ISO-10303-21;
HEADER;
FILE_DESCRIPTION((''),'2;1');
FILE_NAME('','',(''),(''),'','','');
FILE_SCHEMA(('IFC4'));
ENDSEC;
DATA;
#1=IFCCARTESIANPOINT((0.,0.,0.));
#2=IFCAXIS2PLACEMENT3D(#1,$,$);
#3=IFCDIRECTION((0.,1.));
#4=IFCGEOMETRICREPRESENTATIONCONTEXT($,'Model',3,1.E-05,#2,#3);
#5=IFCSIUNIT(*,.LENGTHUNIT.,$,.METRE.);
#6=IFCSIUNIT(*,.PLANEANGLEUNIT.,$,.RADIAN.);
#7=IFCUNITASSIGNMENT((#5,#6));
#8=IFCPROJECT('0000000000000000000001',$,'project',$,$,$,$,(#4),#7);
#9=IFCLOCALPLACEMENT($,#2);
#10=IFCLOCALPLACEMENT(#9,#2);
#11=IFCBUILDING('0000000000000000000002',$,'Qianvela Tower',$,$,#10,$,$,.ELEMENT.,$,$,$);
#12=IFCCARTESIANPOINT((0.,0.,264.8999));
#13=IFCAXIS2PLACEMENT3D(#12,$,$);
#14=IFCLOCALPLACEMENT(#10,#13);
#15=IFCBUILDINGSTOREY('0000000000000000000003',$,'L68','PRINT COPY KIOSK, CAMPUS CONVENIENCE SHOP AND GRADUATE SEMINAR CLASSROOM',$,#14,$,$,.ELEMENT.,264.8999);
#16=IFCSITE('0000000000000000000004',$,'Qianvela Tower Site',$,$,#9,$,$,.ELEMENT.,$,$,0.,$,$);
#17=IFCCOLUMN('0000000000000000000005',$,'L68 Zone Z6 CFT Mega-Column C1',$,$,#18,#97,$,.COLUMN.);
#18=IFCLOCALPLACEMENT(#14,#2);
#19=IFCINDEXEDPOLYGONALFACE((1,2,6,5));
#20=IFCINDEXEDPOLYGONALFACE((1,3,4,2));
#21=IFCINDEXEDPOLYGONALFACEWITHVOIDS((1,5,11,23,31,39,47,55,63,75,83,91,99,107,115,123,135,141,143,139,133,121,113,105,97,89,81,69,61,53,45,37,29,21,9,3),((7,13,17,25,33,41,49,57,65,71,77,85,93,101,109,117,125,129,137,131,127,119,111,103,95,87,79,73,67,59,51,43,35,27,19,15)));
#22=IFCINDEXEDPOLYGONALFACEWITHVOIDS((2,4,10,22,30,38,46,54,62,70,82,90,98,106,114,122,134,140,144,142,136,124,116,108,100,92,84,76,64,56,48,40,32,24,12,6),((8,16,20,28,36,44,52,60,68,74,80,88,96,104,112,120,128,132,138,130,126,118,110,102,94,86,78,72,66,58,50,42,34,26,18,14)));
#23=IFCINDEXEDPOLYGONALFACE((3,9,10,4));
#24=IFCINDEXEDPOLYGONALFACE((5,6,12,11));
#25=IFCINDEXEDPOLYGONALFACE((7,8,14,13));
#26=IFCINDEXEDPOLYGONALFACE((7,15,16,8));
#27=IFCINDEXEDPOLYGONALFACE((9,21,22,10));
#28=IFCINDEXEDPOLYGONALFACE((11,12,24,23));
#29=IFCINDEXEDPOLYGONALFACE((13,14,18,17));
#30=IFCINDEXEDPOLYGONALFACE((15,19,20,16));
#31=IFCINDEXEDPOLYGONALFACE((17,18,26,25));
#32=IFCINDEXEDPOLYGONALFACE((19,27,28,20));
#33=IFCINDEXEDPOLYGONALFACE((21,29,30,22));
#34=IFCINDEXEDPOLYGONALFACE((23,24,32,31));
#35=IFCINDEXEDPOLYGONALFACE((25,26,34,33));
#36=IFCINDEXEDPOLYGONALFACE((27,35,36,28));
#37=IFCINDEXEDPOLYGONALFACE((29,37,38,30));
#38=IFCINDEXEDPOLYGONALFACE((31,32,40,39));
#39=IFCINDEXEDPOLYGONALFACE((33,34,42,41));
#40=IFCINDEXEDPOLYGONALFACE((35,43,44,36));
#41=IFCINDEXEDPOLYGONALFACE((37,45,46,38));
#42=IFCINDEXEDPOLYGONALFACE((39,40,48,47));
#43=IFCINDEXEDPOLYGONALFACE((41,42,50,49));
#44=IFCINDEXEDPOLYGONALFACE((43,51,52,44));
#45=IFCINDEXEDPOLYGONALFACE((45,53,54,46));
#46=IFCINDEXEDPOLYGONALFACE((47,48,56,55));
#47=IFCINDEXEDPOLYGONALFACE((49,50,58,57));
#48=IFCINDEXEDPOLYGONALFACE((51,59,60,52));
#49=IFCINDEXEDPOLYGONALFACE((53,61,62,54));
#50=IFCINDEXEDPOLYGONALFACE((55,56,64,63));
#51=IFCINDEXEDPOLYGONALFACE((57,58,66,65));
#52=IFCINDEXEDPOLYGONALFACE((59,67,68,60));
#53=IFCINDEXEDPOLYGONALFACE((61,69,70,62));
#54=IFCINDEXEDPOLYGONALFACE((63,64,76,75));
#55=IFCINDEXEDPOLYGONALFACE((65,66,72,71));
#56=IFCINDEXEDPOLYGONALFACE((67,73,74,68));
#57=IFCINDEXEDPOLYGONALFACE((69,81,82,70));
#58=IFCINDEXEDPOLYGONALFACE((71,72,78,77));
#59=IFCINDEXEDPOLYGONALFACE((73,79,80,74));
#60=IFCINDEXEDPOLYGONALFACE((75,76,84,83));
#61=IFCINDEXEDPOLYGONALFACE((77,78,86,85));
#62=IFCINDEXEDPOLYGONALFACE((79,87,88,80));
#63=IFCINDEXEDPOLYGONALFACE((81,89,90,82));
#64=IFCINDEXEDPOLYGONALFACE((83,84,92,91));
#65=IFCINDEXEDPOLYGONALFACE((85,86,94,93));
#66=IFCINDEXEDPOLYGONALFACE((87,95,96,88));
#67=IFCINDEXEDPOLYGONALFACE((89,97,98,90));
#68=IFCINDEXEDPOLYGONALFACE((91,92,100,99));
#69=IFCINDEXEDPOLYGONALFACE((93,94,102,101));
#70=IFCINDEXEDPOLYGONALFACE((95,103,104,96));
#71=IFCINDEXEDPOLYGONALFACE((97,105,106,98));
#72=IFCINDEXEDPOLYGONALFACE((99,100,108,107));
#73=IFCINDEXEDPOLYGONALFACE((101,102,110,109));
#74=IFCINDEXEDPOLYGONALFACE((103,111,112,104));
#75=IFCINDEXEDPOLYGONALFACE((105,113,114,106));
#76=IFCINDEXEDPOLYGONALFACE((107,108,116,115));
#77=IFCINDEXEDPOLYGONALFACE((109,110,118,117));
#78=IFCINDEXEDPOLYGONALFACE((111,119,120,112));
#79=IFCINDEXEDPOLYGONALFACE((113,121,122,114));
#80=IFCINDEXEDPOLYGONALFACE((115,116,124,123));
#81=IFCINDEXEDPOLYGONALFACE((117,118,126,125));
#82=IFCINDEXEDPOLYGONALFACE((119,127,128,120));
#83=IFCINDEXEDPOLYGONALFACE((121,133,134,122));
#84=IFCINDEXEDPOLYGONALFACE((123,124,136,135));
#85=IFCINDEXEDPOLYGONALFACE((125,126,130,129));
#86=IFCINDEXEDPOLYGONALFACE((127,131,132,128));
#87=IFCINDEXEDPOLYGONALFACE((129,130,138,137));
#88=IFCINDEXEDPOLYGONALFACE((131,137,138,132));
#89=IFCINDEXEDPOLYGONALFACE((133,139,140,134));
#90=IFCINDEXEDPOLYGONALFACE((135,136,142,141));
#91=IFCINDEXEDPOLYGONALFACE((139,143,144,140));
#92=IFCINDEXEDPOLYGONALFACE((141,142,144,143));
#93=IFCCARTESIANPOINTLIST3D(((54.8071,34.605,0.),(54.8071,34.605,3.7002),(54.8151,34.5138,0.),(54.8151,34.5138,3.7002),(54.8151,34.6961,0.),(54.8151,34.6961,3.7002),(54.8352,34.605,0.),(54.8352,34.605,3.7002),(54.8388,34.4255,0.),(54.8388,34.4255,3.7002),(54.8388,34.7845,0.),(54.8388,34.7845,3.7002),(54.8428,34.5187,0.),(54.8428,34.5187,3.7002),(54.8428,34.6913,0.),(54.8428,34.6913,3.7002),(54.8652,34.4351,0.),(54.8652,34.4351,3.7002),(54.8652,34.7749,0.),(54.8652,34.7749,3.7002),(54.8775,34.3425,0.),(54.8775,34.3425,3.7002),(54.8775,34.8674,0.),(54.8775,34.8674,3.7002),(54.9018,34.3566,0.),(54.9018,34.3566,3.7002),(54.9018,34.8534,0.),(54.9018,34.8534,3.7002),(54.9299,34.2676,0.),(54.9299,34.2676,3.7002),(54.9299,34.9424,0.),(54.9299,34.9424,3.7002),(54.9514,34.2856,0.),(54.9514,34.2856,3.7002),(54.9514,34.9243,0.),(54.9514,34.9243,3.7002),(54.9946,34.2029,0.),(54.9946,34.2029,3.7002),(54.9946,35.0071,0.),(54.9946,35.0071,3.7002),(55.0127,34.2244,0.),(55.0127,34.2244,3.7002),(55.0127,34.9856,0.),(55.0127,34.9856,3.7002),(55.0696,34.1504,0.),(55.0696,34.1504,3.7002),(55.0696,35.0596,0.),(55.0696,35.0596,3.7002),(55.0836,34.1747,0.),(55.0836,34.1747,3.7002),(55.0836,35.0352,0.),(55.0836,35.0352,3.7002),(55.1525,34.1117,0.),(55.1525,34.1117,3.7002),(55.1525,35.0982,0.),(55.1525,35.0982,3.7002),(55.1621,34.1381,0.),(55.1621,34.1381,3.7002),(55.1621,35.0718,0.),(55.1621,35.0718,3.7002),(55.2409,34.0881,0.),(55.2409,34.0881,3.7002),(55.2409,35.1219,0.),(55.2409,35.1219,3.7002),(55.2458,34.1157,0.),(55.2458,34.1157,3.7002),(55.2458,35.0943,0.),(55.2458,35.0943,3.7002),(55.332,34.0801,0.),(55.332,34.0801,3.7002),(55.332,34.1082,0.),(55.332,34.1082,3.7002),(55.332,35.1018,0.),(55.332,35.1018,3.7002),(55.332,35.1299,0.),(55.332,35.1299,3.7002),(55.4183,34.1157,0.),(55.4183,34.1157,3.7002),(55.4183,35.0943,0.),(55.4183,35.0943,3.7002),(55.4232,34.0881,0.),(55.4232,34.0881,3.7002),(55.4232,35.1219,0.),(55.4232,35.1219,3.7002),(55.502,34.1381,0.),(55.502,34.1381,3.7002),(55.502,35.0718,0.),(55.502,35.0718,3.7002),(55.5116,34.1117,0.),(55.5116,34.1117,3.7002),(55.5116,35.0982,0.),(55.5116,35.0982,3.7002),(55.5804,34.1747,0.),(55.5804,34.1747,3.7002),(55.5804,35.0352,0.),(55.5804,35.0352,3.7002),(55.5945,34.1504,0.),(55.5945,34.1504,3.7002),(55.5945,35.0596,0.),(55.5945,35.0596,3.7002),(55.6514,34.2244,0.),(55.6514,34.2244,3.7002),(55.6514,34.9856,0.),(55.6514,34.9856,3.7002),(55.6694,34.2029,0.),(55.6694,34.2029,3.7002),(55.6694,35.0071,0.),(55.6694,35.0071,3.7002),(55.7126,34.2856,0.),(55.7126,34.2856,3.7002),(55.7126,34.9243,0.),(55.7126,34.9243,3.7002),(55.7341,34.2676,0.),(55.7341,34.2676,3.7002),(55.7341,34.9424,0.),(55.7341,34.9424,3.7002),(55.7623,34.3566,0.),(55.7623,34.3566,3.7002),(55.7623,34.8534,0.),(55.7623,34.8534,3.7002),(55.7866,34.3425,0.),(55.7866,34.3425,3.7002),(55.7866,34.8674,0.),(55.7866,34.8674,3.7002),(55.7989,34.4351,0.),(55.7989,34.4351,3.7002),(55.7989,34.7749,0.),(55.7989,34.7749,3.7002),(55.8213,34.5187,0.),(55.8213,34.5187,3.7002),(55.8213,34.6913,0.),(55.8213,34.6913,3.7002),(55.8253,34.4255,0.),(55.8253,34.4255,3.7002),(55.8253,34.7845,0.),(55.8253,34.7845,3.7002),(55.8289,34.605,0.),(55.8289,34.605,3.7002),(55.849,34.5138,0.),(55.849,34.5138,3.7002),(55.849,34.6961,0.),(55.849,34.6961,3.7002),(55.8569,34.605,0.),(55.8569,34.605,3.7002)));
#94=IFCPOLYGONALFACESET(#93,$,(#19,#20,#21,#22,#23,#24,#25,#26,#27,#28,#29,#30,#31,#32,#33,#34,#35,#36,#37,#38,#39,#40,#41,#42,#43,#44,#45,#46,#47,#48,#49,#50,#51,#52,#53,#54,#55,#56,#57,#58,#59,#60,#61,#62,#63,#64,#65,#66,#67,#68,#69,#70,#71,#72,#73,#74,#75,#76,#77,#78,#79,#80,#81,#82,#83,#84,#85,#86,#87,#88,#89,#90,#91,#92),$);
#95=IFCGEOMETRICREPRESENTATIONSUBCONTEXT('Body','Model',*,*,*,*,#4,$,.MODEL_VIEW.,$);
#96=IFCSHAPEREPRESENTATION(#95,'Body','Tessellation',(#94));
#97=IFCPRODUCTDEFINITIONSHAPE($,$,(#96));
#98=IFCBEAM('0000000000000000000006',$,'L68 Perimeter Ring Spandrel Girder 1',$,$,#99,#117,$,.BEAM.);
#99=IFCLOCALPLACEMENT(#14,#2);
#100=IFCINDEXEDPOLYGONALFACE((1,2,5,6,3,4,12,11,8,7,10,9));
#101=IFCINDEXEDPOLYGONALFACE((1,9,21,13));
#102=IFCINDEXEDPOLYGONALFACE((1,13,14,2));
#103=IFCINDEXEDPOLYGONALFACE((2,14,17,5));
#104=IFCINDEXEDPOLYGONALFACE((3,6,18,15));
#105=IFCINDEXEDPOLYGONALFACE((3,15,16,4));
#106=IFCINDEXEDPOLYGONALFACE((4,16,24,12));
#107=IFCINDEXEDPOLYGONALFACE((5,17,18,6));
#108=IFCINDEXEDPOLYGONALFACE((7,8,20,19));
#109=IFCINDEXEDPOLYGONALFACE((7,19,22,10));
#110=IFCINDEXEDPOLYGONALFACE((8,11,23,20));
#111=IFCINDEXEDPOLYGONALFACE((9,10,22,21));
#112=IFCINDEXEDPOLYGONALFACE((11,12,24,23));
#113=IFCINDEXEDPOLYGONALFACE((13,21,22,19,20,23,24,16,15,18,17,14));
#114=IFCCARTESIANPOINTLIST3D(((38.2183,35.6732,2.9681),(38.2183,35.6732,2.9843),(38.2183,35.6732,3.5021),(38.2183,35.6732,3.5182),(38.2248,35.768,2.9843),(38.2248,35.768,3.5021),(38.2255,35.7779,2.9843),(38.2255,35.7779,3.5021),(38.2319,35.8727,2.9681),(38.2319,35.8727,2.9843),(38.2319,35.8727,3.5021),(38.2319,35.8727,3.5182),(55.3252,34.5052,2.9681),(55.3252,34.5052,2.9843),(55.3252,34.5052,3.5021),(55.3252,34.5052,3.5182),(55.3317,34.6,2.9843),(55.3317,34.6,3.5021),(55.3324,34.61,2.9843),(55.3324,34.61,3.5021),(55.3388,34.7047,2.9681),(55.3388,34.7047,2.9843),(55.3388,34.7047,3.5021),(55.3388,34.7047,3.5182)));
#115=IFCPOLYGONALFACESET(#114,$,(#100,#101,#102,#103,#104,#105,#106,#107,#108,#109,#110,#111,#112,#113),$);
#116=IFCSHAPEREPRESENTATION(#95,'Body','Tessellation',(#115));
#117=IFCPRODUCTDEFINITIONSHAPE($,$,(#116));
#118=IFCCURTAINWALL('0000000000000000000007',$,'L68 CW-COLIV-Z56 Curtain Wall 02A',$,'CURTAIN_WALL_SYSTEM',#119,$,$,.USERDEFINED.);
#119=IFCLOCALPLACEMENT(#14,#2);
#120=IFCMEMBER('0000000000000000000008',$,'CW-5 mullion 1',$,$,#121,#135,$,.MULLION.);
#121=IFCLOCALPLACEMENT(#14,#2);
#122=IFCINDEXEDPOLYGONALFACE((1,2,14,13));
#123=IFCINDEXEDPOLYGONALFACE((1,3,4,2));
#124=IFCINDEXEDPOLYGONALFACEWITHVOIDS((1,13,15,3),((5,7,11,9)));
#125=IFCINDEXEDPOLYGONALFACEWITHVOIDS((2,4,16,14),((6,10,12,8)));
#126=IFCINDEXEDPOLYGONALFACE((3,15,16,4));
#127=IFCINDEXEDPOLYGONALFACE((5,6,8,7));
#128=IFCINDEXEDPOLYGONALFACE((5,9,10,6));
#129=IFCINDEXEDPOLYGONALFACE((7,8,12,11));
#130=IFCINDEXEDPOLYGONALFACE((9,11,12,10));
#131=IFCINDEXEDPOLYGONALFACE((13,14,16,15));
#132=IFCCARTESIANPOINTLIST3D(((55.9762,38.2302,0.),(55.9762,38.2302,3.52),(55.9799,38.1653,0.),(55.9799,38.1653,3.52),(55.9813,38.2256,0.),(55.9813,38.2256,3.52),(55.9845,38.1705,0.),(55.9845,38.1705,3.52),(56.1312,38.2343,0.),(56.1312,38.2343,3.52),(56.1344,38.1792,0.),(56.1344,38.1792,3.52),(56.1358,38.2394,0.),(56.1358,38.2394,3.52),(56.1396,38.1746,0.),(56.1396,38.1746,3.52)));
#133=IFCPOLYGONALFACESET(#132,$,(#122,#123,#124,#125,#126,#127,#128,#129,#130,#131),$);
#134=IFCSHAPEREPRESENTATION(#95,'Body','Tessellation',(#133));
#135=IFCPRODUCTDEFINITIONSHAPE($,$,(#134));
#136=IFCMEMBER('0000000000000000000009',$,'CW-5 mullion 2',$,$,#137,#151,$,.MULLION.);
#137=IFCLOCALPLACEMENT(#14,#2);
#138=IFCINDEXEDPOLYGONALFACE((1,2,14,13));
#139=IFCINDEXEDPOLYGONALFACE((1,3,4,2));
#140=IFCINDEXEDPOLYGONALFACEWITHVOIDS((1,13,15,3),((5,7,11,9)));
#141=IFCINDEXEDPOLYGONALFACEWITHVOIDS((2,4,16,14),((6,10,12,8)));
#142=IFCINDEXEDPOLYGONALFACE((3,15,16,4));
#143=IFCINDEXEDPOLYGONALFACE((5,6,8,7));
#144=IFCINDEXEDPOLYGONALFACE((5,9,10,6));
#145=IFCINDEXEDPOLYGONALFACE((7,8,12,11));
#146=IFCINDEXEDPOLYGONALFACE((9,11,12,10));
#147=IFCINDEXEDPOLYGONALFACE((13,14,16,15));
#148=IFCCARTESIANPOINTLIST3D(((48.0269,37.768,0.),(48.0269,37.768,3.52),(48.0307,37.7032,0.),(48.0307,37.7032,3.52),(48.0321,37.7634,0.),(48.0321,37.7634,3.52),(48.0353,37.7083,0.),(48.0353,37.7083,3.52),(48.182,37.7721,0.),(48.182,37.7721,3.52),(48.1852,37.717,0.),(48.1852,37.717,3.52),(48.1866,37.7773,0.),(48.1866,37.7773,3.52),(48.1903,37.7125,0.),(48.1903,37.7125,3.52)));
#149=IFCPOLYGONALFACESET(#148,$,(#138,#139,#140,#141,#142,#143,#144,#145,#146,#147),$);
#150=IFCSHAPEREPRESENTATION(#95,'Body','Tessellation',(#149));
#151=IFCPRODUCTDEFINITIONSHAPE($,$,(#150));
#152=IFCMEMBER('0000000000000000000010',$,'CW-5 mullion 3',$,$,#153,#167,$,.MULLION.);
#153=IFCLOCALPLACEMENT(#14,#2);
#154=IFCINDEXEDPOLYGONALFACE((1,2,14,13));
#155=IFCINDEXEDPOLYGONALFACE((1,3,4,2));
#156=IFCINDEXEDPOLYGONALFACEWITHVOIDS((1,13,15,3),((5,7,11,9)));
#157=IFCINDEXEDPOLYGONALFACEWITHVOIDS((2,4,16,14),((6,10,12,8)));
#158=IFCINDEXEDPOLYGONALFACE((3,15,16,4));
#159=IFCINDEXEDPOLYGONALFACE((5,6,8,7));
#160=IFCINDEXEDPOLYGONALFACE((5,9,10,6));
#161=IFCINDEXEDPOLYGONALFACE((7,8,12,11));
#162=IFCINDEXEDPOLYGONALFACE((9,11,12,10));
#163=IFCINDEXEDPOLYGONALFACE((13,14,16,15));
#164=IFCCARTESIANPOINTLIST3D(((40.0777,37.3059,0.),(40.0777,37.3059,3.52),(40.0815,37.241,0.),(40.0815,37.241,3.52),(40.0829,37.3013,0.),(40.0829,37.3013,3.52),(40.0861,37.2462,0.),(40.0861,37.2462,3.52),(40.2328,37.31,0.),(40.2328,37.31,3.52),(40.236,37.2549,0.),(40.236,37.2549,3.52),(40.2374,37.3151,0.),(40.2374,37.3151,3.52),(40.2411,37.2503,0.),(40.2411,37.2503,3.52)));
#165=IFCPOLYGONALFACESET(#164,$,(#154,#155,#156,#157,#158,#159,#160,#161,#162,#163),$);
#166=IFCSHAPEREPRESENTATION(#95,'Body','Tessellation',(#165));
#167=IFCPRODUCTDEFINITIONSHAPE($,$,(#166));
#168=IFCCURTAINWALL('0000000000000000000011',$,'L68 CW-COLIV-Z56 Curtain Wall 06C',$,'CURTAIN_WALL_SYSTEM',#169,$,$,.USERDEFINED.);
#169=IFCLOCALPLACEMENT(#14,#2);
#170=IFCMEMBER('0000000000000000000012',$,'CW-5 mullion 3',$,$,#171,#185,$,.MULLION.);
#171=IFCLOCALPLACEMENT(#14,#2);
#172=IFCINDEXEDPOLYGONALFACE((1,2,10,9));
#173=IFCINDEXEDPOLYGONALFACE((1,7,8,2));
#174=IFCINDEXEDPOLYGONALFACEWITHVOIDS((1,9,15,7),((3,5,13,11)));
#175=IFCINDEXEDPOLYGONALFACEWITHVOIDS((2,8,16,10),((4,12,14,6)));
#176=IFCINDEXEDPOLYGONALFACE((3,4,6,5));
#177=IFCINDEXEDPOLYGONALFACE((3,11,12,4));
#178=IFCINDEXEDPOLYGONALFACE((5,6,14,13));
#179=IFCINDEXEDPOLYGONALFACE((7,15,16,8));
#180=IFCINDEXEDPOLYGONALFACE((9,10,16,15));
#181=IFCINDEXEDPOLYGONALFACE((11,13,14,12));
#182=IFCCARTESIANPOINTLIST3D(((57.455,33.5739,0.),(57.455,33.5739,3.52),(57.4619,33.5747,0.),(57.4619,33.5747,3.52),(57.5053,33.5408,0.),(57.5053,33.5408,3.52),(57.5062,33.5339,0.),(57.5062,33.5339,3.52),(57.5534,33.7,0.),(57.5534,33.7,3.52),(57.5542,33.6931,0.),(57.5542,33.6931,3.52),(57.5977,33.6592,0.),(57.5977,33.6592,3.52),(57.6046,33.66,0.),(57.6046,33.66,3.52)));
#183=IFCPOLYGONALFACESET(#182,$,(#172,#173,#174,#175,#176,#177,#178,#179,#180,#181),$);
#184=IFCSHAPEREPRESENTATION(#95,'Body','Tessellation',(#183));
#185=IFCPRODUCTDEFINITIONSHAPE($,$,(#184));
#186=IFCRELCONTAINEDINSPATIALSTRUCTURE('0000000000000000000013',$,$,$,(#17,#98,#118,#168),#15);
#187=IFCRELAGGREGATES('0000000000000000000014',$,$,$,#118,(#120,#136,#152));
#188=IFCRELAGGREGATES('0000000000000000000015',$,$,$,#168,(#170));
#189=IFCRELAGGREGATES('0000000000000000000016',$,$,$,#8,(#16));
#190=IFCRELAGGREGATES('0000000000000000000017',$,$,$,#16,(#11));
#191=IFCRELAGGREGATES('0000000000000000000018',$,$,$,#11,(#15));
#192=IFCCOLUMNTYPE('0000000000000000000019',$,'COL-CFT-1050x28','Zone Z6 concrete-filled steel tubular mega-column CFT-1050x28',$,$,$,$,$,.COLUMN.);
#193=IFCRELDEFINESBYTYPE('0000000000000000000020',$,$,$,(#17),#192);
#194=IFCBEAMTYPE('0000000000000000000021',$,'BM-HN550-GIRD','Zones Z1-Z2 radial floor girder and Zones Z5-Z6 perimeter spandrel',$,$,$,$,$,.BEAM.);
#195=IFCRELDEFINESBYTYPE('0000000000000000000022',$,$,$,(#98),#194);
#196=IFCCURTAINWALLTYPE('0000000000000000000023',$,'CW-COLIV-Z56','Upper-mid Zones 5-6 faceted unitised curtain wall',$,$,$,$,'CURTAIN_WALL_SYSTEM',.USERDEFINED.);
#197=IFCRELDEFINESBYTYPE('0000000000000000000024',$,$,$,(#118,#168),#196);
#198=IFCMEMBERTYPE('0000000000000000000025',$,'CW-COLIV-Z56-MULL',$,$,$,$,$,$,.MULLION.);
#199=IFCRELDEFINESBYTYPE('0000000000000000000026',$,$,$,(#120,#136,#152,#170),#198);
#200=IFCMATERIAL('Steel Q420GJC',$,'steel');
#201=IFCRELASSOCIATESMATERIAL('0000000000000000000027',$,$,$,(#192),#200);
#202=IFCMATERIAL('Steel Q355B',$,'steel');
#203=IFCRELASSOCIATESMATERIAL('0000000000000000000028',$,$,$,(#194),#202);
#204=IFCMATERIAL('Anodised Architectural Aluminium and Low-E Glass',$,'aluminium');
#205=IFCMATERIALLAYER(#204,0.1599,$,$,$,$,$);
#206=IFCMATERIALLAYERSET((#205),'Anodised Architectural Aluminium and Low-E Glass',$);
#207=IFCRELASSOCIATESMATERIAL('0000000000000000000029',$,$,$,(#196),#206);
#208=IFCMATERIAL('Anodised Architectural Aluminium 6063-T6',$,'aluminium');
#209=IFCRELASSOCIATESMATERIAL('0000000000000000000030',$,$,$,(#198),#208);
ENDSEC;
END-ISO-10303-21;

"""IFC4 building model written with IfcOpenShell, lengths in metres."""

from ifc_helpers import new_model, si_unit, direction, frame, origin, origin_2d, place, context, subcontext, project, spatial, hollow_rectangle, hollow_circle, i_section, extrude, material, layer, layer_set, material_profile, profile_set, type_object, element, aggregate, save


model = new_model("IFC4")

# Units and contexts
model_context = context("Model", 3, precision=1e-05, world=origin(), true_north=direction((0.0, 1.0)))
body_context = subcontext(model_context, "Body", "Model", "MODEL_VIEW")
ifc_project = project(units=[si_unit("LENGTHUNIT", "METRE"), si_unit("PLANEANGLEUNIT", "RADIAN")], contexts=[model_context])

# Site, building, storey
site_placement = place(None, origin())
site = spatial("IfcSite", under=ifc_project, at=site_placement, Name="Qianvela Tower Site", CompositionType="ELEMENT", RefElevation=0.0)
building_placement = place(site_placement, origin())
building = spatial("IfcBuilding", under=site, at=building_placement, Name="Qianvela Tower", CompositionType="ELEMENT")
storey_placement = place(building_placement, frame((0.0, 0.0, 264.8999)))
storey = spatial("IfcBuildingStorey", under=building, at=storey_placement, Name="L68", Description="PRINT COPY KIOSK, CAMPUS CONVENIENCE SHOP AND GRADUATE SEMINAR CLASSROOM", CompositionType="ELEMENT", Elevation=264.8999)

# Column
ifc_material_1 = material(Name="Steel Q420GJC", Category="steel")
ifc_material_profile_1 = material_profile(ifc_material_1, hollow_circle(Radius=0.5249, WallThickness=0.0281, at=origin_2d()), Name="CFT-1050x28")
ifc_profile_set_1 = profile_set([ifc_material_profile_1], Name="Steel Q420GJC")
column_type = type_object("IfcColumnType", Name="COL-CFT-1050x28", Description="Zone Z6 concrete-filled steel tubular mega-column CFT-1050x28", PredefinedType="COLUMN", material=ifc_profile_set_1)
column_placement = place(storey_placement, frame((55.332, 34.605, 0.0), z_axis=(0.0, 0.0, 1.0), x_axis=(1.0, 0.0, 0.0)))
element("IfcColumn", 1, at=column_placement, inside=storey, type_object=column_type, Name="L68 Zone Z6 CFT Mega-Column C1", PredefinedType="COLUMN", context=body_context, shape_type="SweptSolid", body=[
    extrude(hollow_circle(Radius=0.5249, WallThickness=0.0281, at=origin_2d()), origin(), (0.0, 0.0, 1.0), 3.7002),
])

# Beam
ifc_material_2 = material(Name="Steel Q355B", Category="steel")
ifc_material_profile_2 = material_profile(ifc_material_2, i_section(OverallWidth=0.2, OverallDepth=0.55, WebThickness=0.01, FlangeThickness=0.0161, at=origin_2d()), Name="HN550x200x10x16")
ifc_profile_set_2 = profile_set([ifc_material_profile_2], Name="Steel Q355B")
beam_type = type_object("IfcBeamType", Name="BM-HN550-GIRD", Description="Zones Z1-Z2 radial floor girder and Zones Z5-Z6 perimeter spandrel", PredefinedType="BEAM", material=ifc_profile_set_2)
beam_placement = place(storey_placement, frame((55.332, 34.605, 3.2432), z_axis=(-0.997677, 0.068116, 0.0), x_axis=(-0.068116, -0.997677, 0.0)))
element("IfcBeam", 2, at=beam_placement, inside=storey, type_object=beam_type, Name="L68 Perimeter Ring Spandrel Girder 1", PredefinedType="BEAM", context=body_context, shape_type="SweptSolid", body=[
    extrude(i_section(OverallWidth=0.2, OverallDepth=0.55, WebThickness=0.01, FlangeThickness=0.0161, at=origin_2d()), origin(), (0.0, 0.0, 1.0), 17.1467),
])

# Curtain wall, members
ifc_material_3 = material(Name="Anodised Architectural Aluminium and Low-E Glass", Category="aluminium")
ifc_layer_1 = layer(ifc_material_3, 0.1599)
ifc_layer_set_1 = layer_set([ifc_layer_1], Name="Anodised Architectural Aluminium and Low-E Glass")
curtain_wall_type = type_object("IfcCurtainWallType", Name="CW-COLIV-Z56", Description="Upper-mid Zones 5-6 faceted unitised curtain wall", ElementType="CURTAIN_WALL_SYSTEM", PredefinedType="USERDEFINED", material=ifc_layer_set_1)
curtain_wall_1_placement = place(storey_placement, origin())
curtain_wall_1 = element("IfcCurtainWall", 3, at=curtain_wall_1_placement, inside=storey, type_object=curtain_wall_type, Name="L68 CW-COLIV-Z56 Curtain Wall 02A", ObjectType="CURTAIN_WALL_SYSTEM", PredefinedType="USERDEFINED")
ifc_material_4 = material(Name="Anodised Architectural Aluminium 6063-T6", Category="aluminium")
ifc_material_profile_3 = material_profile(ifc_material_4, hollow_rectangle(XDim=0.0649, YDim=0.1599, WallThickness=0.0049, at=origin_2d()), Name="ALU-MULL-65x160")
ifc_profile_set_3 = profile_set([ifc_material_profile_3], Name="Anodised Architectural Aluminium 6063-T6")
member_type_1 = type_object("IfcMemberType", Name="CW-COLIV-Z56-MULL", PredefinedType="MULLION", material=ifc_profile_set_3)
member_1_placement = place(storey_placement, frame((56.0579, 38.2024, 0.0), z_axis=(0.0, 0.0, 1.0), x_axis=(0.058036, -0.998314, 0.0)))
member_1 = element("IfcMember", 4, at=member_1_placement, type_object=member_type_1, Name="CW-5 mullion 1", PredefinedType="MULLION", context=body_context, shape_type="SweptSolid", body=[
    extrude(hollow_rectangle(XDim=0.0649, YDim=0.1599, WallThickness=0.0049, at=origin_2d()), origin(), (0.0, 0.0, 1.0), 3.52),
])
member_2_placement = place(storey_placement, frame((48.1086, 37.7402, 0.0), z_axis=(0.0, 0.0, 1.0), x_axis=(0.058036, -0.998314, 0.0)))
member_2 = element("IfcMember", 5, at=member_2_placement, type_object=member_type_1, Name="CW-5 mullion 2", PredefinedType="MULLION", context=body_context, shape_type="SweptSolid", body=[
    extrude(hollow_rectangle(XDim=0.0649, YDim=0.1599, WallThickness=0.0049, at=origin_2d()), origin(), (0.0, 0.0, 1.0), 3.52),
])
member_3_placement = place(storey_placement, frame((40.1594, 37.2781, 0.0), z_axis=(0.0, 0.0, 1.0), x_axis=(0.058036, -0.998314, 0.0)))
member_3 = element("IfcMember", 6, at=member_3_placement, type_object=member_type_1, Name="CW-5 mullion 3", PredefinedType="MULLION", context=body_context, shape_type="SweptSolid", body=[
    extrude(hollow_rectangle(XDim=0.0649, YDim=0.1599, WallThickness=0.0049, at=origin_2d()), origin(), (0.0, 0.0, 1.0), 3.52),
])

# Curtain wall, member
curtain_wall_2_placement = place(storey_placement, origin())
curtain_wall_2 = element("IfcCurtainWall", 7, at=curtain_wall_2_placement, inside=storey, type_object=curtain_wall_type, Name="L68 CW-COLIV-Z56 Curtain Wall 06C", ObjectType="CURTAIN_WALL_SYSTEM", PredefinedType="USERDEFINED")
member_4_placement = place(storey_placement, frame((57.5298, 33.6169, 0.0), z_axis=(0.0, 0.0, 1.0), x_axis=(-0.788366, 0.615206, 0.0)))
member_4 = element("IfcMember", 8, at=member_4_placement, type_object=member_type_1, Name="CW-5 mullion 3", PredefinedType="MULLION", context=body_context, shape_type="SweptSolid", body=[
    extrude(hollow_rectangle(XDim=0.0649, YDim=0.1599, WallThickness=0.0049, at=origin_2d()), origin(), (0.0, 0.0, 1.0), 3.52),
])

aggregate(curtain_wall_1, [member_1, member_2, member_3])
aggregate(curtain_wall_2, [member_4])

save(model, "model.ifc")
